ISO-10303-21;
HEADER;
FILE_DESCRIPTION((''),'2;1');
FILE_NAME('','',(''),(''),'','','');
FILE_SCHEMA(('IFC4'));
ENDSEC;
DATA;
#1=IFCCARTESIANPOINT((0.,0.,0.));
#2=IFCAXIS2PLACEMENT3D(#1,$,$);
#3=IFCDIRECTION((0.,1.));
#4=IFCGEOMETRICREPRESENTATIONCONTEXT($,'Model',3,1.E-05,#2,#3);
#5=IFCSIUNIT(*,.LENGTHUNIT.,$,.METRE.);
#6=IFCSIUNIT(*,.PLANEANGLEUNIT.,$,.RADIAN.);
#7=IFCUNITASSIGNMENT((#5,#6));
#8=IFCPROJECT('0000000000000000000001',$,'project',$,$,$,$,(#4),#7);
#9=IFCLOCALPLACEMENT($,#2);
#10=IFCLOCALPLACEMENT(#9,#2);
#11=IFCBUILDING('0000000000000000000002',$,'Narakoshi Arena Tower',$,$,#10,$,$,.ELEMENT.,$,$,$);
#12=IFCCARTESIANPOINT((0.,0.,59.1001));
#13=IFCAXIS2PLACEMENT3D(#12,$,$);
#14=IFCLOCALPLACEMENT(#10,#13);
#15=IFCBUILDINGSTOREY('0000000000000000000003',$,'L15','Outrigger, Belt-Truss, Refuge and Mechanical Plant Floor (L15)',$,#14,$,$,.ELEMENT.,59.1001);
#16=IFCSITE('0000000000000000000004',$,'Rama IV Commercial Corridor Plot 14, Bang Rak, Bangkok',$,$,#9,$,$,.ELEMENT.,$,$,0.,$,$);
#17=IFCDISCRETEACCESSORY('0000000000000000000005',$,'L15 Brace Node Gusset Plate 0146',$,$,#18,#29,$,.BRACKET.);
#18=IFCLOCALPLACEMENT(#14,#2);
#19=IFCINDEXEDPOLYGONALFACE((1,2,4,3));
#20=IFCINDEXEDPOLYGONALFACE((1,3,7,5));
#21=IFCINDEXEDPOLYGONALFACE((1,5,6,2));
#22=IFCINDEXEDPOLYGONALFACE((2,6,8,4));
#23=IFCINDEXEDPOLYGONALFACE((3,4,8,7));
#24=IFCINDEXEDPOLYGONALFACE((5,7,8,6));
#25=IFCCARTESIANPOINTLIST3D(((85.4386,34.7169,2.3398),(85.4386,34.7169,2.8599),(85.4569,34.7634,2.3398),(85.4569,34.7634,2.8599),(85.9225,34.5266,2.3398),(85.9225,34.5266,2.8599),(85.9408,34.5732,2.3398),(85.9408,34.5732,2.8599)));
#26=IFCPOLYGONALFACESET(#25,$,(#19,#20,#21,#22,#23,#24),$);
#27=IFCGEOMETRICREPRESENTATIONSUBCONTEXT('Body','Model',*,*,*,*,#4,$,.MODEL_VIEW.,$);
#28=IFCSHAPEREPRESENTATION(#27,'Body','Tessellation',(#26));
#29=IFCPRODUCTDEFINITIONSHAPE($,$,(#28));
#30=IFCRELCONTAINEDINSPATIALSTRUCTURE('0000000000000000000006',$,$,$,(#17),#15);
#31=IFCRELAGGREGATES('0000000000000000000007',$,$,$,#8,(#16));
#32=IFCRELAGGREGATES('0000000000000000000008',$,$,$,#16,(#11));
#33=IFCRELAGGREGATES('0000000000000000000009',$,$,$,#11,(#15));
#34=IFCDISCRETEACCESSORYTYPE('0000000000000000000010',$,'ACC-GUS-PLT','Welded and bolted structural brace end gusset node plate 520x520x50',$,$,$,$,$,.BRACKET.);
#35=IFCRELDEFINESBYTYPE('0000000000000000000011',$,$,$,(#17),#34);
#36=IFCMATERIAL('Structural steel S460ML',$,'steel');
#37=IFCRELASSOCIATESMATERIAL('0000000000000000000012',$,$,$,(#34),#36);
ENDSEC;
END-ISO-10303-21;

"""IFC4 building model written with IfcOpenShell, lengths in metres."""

from ifc_helpers import new_model, si_unit, direction, frame, origin, origin_2d, place, context, subcontext, project, spatial, rectangle, extrude, material, type_object, element, save


model = new_model("IFC4")

# Units and contexts
model_context = context("Model", 3, precision=1e-05, world=origin(), true_north=direction((0.0, 1.0)))
body_context = subcontext(model_context, "Body", "Model", "MODEL_VIEW")
ifc_project = project(units=[si_unit("LENGTHUNIT", "METRE"), si_unit("PLANEANGLEUNIT", "RADIAN")], contexts=[model_context])

# Site, building, storey
site_placement = place(None, origin())
site = spatial("IfcSite", under=ifc_project, at=site_placement, Name="Rama IV Commercial Corridor Plot 14, Bang Rak, Bangkok", CompositionType="ELEMENT", RefElevation=0.0)
building_placement = place(site_placement, origin())
building = spatial("IfcBuilding", under=site, at=building_placement, Name="Narakoshi Arena Tower", CompositionType="ELEMENT")
storey_placement = place(building_placement, frame((0.0, 0.0, 59.1001)))
storey = spatial("IfcBuildingStorey", under=building, at=storey_placement, Name="L15", Description="Outrigger, Belt-Truss, Refuge and Mechanical Plant Floor (L15)", CompositionType="ELEMENT", Elevation=59.1001)

# Shared definitions
ifc_material_1 = material(Name="Structural steel S460ML", Category="steel")

# Discrete accessory
discrete_accessory_type = type_object("IfcDiscreteAccessoryType", Name="ACC-GUS-PLT", Description="Welded and bolted structural brace end gusset node plate 520x520x50", PredefinedType="BRACKET", material=ifc_material_1)
for number, where, z_axis, x_axis, name in (
    (1, (85.6897, 34.645, 2.3398), (0.0, 0.0, 1.0), (-0.930673, 0.365852, 0.0), "L15 Brace Node Gusset Plate 0146"),
):
    element("IfcDiscreteAccessory", number, at=place(storey_placement, frame(where, z_axis=z_axis, x_axis=x_axis)), inside=storey, type_object=discrete_accessory_type, Name=name, PredefinedType="BRACKET", context=body_context, shape_type="SweptSolid", body=[
        extrude(rectangle(XDim=0.52, YDim=0.05, at=origin_2d()), origin(), (0.0, 0.0, 1.0), 0.52),
    ])

save(model, "model.ifc")
